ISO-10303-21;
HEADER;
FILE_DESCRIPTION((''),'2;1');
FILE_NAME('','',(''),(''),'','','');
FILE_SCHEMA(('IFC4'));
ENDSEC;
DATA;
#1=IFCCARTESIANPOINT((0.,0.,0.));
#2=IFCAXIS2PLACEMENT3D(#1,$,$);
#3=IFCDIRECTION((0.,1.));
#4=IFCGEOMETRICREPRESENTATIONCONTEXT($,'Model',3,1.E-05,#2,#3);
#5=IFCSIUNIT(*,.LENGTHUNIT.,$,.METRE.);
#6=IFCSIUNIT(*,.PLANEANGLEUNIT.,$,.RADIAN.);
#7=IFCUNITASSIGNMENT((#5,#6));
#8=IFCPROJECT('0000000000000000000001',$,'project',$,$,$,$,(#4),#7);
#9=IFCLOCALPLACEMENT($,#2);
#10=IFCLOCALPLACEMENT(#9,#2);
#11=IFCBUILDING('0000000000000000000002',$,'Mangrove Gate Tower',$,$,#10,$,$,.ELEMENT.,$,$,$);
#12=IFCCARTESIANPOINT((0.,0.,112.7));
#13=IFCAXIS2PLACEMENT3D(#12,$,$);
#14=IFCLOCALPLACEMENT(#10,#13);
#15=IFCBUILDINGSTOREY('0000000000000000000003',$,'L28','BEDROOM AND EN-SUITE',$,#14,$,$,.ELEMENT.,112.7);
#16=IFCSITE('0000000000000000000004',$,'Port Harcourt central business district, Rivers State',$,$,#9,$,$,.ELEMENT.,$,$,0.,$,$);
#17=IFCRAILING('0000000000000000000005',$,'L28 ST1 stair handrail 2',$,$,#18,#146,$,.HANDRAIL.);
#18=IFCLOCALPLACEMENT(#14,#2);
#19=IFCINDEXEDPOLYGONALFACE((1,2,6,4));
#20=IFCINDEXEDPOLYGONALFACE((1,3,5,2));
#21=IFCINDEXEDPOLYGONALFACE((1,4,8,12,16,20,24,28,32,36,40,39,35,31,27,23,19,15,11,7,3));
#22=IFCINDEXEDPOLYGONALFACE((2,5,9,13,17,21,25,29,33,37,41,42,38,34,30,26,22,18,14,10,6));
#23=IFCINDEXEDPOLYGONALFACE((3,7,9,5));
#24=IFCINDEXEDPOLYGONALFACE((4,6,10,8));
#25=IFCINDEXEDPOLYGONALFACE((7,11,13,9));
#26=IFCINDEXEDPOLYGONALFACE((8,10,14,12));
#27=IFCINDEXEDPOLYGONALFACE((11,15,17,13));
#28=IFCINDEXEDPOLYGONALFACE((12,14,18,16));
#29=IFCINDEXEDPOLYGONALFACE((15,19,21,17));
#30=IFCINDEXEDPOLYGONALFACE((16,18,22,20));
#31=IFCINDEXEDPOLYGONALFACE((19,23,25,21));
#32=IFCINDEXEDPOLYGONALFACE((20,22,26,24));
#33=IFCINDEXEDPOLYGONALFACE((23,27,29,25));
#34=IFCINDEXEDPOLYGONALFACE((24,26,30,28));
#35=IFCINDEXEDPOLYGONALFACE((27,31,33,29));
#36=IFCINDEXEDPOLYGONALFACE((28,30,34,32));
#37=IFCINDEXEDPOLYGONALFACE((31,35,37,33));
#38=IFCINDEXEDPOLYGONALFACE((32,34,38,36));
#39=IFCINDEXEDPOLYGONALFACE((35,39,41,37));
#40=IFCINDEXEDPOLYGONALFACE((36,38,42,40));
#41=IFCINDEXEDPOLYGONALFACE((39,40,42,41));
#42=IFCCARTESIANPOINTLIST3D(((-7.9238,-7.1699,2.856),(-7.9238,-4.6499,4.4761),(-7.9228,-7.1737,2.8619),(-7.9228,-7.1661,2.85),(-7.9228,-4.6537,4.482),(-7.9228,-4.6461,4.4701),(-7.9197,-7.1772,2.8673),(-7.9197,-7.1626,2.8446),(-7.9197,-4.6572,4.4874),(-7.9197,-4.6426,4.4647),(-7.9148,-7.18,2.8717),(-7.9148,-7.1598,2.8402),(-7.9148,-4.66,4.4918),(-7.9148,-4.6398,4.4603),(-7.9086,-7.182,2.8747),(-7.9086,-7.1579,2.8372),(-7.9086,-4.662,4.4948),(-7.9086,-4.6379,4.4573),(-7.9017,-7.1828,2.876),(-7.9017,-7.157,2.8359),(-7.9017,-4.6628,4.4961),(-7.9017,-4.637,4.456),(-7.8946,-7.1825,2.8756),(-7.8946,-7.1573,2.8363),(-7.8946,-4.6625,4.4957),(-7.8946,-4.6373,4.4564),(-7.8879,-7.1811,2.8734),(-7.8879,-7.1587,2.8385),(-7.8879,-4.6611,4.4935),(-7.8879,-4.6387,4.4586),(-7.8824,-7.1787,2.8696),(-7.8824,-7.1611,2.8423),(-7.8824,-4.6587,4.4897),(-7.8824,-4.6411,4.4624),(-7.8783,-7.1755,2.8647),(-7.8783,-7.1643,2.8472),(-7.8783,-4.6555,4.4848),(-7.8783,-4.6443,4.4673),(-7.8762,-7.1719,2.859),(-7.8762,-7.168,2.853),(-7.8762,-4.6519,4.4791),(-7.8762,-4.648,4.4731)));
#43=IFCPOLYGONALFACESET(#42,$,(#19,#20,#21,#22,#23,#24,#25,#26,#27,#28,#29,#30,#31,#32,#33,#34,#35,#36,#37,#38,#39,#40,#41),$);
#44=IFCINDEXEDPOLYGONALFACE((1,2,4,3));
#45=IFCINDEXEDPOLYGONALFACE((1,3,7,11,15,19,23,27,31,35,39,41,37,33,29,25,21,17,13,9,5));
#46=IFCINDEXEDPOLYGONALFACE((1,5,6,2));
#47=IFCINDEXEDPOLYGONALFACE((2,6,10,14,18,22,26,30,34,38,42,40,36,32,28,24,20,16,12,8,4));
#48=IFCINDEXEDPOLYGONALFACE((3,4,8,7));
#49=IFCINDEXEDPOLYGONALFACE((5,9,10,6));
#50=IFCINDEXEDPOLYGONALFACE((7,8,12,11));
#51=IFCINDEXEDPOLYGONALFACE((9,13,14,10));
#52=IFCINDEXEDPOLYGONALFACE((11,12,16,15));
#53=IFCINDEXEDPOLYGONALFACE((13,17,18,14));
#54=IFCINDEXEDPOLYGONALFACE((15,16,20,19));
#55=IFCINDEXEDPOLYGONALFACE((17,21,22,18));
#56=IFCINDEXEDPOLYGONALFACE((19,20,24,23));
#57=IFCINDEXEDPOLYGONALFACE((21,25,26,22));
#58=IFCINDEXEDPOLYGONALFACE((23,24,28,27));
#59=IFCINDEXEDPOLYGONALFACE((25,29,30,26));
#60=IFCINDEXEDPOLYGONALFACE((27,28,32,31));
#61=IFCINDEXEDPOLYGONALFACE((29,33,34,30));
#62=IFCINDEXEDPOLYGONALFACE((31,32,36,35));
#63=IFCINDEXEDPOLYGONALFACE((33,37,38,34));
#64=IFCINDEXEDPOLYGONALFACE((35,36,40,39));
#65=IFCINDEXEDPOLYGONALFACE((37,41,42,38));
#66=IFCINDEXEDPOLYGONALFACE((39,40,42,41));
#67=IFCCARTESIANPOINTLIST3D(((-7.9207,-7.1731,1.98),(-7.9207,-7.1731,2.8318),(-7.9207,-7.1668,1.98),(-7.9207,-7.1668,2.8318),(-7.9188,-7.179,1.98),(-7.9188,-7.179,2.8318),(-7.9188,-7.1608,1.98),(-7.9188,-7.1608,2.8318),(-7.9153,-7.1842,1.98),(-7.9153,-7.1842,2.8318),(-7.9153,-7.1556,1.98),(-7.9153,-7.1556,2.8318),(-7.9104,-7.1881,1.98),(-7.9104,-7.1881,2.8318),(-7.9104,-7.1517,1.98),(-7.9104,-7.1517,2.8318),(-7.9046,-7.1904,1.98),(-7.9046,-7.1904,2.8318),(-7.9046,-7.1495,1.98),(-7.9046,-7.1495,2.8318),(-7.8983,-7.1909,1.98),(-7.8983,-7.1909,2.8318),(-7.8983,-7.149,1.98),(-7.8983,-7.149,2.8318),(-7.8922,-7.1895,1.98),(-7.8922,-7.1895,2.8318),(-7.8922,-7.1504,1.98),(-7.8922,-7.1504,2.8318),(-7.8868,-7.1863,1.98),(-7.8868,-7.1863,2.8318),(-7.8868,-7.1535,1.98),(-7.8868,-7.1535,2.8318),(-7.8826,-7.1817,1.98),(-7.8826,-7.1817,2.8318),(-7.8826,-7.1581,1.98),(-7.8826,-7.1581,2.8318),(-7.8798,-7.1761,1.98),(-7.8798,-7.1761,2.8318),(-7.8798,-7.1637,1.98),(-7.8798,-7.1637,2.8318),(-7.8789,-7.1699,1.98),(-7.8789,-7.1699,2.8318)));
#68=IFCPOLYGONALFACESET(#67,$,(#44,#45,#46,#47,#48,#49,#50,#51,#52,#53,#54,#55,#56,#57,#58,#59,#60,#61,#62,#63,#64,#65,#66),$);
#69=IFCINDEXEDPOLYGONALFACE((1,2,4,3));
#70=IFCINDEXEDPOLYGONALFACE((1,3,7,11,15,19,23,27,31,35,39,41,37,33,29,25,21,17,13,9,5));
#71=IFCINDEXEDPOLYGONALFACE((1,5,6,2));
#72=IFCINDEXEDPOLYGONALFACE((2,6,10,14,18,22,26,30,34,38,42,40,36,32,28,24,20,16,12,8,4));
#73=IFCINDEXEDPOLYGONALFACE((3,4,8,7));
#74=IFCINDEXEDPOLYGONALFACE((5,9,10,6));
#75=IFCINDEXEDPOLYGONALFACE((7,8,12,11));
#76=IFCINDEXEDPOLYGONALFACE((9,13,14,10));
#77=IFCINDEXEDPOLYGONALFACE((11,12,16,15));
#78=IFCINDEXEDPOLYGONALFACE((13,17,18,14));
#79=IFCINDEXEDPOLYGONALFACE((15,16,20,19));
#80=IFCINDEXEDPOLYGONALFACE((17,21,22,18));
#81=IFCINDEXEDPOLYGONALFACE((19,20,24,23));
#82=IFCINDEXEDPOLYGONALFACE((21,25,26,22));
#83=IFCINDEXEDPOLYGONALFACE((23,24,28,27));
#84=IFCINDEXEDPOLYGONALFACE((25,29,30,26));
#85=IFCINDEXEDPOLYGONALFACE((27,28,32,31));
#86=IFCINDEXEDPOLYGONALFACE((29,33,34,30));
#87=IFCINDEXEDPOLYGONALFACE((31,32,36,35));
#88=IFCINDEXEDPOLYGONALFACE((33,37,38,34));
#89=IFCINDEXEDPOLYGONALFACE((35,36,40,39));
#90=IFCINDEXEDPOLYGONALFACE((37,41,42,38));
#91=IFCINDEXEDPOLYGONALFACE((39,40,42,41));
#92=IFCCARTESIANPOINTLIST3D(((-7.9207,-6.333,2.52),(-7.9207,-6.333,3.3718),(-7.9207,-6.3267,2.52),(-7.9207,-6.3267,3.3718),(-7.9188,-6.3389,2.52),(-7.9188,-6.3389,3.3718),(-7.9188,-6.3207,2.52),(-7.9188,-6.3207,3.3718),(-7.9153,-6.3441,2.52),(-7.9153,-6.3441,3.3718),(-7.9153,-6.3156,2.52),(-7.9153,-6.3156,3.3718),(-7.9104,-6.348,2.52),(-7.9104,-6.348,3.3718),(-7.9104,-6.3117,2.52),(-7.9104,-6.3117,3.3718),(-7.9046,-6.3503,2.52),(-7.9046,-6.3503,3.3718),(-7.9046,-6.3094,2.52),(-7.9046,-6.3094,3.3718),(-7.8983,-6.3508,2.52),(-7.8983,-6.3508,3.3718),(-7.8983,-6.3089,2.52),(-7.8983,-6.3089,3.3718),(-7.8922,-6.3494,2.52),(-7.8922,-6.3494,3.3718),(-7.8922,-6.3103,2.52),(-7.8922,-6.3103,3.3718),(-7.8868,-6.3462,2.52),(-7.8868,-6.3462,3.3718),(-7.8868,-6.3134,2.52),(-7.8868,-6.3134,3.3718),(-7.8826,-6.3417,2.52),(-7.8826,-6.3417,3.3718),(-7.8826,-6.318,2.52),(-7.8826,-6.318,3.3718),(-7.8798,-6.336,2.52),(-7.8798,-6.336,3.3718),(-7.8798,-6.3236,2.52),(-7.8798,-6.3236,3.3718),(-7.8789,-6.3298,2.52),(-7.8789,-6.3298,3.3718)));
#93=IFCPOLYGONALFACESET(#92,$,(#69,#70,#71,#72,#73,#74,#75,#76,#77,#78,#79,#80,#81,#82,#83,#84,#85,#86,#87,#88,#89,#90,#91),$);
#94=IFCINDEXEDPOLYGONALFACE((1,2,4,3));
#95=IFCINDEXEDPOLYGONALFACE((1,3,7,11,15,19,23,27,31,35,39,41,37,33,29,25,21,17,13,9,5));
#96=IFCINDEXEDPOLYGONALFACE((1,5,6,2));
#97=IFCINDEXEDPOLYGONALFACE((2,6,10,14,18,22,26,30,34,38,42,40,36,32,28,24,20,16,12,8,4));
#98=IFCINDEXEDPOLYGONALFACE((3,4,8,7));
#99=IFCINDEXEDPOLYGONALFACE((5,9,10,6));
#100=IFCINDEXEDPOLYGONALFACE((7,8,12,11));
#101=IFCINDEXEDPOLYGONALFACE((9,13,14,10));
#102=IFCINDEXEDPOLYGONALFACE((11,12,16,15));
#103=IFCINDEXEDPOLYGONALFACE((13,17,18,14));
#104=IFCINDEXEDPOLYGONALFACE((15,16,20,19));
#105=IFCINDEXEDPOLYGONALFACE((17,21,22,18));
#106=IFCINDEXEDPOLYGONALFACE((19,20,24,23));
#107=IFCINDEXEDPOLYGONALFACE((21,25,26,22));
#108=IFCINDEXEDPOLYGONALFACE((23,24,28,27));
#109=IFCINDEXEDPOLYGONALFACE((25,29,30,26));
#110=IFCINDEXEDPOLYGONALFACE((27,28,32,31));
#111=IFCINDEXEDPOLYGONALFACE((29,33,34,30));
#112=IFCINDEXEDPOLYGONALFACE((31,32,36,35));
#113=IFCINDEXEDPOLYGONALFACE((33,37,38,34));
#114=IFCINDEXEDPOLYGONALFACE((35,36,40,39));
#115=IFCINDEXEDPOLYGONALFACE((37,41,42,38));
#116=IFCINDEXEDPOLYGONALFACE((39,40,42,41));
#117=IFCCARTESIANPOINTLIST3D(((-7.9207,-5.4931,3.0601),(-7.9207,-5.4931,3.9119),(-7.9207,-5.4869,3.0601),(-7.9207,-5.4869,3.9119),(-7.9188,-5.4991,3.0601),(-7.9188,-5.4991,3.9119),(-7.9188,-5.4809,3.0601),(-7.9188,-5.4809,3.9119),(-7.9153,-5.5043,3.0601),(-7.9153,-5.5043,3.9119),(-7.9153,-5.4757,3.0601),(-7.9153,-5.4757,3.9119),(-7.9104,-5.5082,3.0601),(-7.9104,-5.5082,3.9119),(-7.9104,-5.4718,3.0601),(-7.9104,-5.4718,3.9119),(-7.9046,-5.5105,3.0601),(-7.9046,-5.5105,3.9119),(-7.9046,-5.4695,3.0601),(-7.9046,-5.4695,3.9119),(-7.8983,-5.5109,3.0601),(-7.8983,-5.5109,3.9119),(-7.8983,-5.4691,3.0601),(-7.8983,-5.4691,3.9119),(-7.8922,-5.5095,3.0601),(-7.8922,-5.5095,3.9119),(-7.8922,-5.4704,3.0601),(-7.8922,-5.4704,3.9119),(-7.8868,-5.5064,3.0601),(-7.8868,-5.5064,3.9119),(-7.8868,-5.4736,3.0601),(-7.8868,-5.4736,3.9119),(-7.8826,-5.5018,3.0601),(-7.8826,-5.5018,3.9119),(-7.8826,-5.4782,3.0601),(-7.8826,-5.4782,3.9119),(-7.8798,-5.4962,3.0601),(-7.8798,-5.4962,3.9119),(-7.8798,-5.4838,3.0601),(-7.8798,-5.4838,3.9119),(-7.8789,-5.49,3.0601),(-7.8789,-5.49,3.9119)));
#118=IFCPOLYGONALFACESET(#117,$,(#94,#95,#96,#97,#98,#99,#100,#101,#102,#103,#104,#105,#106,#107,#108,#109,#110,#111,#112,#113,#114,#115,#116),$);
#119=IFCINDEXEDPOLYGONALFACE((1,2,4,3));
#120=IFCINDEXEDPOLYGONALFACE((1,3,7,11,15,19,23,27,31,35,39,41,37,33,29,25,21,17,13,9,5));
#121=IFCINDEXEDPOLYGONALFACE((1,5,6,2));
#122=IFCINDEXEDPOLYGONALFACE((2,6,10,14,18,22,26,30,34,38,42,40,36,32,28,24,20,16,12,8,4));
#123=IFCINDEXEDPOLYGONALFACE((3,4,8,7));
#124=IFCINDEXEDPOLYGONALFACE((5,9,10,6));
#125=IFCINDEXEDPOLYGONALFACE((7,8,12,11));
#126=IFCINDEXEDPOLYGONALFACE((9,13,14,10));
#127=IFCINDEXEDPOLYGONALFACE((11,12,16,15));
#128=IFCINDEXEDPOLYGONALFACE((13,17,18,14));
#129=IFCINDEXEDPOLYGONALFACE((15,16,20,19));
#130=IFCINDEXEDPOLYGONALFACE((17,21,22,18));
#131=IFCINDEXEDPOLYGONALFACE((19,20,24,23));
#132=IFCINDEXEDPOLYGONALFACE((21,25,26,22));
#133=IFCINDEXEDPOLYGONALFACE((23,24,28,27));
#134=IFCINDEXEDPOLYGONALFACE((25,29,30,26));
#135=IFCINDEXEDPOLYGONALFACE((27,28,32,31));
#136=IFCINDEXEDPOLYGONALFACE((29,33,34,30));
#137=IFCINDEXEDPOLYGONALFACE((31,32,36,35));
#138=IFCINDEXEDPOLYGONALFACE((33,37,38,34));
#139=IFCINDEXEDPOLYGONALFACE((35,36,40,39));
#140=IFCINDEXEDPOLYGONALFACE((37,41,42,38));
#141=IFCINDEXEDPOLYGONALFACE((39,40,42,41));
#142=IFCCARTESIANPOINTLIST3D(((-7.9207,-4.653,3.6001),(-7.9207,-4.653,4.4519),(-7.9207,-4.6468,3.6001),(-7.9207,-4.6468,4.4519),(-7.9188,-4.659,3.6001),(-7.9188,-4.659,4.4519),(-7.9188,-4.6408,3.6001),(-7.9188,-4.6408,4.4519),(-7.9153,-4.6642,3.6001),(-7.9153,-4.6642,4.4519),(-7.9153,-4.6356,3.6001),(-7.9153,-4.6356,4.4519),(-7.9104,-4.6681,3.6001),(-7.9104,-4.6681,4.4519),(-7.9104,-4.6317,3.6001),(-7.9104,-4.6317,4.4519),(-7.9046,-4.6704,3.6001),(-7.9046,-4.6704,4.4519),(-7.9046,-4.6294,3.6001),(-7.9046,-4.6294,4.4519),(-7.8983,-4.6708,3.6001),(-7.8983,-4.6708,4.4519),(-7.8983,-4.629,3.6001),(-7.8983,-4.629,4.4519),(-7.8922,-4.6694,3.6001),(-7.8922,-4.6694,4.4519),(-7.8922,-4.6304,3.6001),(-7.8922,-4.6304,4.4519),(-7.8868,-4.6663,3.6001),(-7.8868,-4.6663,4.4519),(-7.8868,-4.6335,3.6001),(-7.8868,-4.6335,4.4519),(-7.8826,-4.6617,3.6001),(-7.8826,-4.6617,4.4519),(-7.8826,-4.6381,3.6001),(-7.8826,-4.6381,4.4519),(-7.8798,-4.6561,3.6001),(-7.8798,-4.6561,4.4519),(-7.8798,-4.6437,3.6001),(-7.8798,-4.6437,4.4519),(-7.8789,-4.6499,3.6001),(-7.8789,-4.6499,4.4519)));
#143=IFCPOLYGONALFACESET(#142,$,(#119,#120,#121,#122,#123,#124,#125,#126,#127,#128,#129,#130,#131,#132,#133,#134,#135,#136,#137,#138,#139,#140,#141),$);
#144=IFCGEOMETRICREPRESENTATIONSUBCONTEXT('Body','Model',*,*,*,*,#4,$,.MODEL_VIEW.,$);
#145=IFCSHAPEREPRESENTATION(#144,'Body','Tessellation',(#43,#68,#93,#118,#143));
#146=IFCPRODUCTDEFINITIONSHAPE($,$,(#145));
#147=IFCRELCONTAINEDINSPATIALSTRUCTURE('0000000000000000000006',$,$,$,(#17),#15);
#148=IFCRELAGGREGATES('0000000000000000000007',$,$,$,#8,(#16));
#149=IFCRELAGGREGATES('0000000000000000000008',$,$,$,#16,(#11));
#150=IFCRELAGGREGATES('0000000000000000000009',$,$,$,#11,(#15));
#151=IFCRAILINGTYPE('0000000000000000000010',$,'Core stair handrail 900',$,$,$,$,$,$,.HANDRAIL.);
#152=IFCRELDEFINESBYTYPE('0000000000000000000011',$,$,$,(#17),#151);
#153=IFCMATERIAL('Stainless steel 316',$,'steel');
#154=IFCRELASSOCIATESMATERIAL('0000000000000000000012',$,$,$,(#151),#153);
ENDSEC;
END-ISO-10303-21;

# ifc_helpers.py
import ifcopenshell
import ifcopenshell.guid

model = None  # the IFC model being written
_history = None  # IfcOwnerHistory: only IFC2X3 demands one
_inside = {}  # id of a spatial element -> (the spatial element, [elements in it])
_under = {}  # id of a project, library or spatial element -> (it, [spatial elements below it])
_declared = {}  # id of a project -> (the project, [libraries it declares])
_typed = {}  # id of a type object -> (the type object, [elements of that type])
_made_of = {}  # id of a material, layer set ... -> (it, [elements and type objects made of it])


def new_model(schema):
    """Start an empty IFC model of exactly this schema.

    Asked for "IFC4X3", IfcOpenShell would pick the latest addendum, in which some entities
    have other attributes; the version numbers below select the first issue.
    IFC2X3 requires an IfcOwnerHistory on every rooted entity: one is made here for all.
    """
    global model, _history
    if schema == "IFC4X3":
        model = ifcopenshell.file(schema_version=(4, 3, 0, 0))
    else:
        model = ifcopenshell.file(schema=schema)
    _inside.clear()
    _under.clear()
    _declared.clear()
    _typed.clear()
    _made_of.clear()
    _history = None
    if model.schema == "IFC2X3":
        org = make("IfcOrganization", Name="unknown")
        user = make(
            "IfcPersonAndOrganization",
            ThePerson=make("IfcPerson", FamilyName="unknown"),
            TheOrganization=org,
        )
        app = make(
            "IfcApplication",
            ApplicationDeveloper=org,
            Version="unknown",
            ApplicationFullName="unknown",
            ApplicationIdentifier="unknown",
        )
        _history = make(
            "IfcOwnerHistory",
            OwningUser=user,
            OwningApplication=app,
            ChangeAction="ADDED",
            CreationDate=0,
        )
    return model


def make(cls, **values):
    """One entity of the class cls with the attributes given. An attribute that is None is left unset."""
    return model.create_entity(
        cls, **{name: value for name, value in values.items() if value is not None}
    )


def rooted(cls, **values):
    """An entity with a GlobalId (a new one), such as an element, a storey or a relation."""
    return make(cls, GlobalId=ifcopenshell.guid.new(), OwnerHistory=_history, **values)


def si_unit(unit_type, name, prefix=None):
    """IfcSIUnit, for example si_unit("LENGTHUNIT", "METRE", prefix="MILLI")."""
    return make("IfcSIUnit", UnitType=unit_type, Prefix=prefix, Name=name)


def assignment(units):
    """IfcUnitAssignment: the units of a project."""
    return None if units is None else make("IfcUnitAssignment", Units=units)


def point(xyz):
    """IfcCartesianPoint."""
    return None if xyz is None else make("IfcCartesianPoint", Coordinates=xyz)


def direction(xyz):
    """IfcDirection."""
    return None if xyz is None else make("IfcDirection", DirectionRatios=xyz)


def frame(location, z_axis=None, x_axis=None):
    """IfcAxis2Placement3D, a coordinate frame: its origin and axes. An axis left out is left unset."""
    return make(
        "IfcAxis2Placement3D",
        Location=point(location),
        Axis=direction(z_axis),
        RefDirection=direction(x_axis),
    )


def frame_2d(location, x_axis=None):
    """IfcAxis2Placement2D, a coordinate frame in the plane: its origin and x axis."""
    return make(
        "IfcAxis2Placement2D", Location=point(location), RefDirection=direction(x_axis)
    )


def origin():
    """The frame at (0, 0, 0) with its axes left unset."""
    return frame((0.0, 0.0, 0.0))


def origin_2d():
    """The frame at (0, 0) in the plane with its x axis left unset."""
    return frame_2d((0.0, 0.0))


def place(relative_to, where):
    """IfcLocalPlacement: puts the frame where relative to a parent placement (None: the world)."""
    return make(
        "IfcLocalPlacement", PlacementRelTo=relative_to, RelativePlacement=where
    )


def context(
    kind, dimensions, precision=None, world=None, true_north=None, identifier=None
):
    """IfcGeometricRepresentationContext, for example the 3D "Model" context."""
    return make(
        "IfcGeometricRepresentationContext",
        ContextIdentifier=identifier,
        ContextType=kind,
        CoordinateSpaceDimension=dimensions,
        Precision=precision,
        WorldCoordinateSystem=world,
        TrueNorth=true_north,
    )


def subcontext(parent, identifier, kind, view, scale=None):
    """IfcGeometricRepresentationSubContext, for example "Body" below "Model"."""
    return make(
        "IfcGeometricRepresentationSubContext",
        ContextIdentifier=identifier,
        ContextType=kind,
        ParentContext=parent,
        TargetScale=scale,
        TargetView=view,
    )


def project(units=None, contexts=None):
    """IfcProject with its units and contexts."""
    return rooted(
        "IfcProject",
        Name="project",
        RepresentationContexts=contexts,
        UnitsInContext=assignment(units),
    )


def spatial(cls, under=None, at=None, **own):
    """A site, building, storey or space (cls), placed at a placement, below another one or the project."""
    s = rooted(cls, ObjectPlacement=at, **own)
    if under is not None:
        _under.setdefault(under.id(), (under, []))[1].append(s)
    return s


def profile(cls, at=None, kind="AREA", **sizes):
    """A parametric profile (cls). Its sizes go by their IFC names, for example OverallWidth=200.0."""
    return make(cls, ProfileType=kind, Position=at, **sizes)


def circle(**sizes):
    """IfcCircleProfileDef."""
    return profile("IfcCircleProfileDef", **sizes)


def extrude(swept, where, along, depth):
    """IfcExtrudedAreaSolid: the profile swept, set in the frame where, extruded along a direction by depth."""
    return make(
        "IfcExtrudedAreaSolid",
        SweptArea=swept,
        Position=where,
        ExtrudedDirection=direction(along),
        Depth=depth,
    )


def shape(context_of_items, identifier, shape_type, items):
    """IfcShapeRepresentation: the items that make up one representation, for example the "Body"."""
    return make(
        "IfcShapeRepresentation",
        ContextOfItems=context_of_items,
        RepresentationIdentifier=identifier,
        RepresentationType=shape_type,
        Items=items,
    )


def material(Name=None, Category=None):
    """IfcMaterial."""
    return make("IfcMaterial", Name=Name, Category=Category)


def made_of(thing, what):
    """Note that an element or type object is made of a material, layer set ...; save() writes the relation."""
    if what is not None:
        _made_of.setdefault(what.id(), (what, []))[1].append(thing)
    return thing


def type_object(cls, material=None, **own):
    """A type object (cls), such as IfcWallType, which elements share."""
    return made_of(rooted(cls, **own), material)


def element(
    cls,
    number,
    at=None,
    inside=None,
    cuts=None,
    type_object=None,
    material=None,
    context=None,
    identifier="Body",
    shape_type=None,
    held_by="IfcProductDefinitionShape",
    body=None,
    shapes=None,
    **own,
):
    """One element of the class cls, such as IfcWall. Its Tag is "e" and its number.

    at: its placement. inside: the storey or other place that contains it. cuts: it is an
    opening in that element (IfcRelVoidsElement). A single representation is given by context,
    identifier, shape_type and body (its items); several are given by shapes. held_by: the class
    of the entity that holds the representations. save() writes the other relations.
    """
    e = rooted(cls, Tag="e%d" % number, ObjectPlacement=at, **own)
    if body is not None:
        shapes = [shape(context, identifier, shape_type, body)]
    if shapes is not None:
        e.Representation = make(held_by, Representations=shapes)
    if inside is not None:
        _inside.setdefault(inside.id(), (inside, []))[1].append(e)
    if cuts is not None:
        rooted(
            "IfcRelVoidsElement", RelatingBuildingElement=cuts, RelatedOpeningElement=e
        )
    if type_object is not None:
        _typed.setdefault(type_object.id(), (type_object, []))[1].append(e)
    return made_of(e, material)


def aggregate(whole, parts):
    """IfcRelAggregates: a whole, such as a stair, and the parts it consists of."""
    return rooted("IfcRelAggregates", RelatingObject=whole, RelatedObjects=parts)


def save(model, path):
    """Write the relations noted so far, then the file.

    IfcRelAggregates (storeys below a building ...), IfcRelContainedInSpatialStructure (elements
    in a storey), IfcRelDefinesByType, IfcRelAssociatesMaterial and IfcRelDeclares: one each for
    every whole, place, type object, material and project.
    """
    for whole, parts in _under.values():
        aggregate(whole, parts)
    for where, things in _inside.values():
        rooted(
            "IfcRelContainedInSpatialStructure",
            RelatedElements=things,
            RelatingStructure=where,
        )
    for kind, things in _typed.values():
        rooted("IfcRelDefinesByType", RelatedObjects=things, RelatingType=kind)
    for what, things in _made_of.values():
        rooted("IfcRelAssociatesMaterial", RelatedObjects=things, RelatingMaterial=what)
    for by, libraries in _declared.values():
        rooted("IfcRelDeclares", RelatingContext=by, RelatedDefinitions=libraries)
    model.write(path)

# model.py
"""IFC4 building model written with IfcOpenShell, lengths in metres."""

from ifc_helpers import new_model, si_unit, direction, frame, origin, origin_2d, place, context, subcontext, project, spatial, circle, extrude, material, type_object, element, save


model = new_model("IFC4")

# Units and contexts
model_context = context("Model", 3, precision=1e-05, world=origin(), true_north=direction((0.0, 1.0)))
body_context = subcontext(model_context, "Body", "Model", "MODEL_VIEW")
ifc_project = project(units=[si_unit("LENGTHUNIT", "METRE"), si_unit("PLANEANGLEUNIT", "RADIAN")], contexts=[model_context])

# Site, building, storey
site_placement = place(None, origin())
site = spatial("IfcSite", under=ifc_project, at=site_placement, Name="Port Harcourt central business district, Rivers State", CompositionType="ELEMENT", RefElevation=0.0)
building_placement = place(site_placement, origin())
building = spatial("IfcBuilding", under=site, at=building_placement, Name="Mangrove Gate Tower", CompositionType="ELEMENT")
storey_placement = place(building_placement, frame((0.0, 0.0, 112.7)))
storey = spatial("IfcBuildingStorey", under=building, at=storey_placement, Name="L28", Description="BEDROOM AND EN-SUITE", CompositionType="ELEMENT", Elevation=112.7)

# Railing
ifc_material_1 = material(Name="Stainless steel 316", Category="steel")
railing_type_1 = type_object("IfcRailingType", Name="Core stair handrail 900", PredefinedType="HANDRAIL", material=ifc_material_1)
railing_1_placement = place(storey_placement, frame((-7.8999, -7.1699, 1.98)))
element("IfcRailing", 1, at=railing_1_placement, inside=storey, type_object=railing_type_1, Name="L28 ST1 stair handrail 2", PredefinedType="HANDRAIL", context=body_context, shape_type="SweptSolid", body=[
    extrude(circle(Radius=0.0239, at=origin_2d()), frame((0.0, 0.0, 0.876), z_axis=(0.0, 0.841163, 0.540782), x_axis=(-1.0, 0.0, 0.0)), (0.0, 0.0, 1.0), 2.9958),
    extrude(circle(Radius=0.021, at=origin_2d()), origin(), (0.0, 0.0, 1.0), 0.8518),
    extrude(circle(Radius=0.021, at=origin_2d()), frame((0.0, 0.8401, 0.54)), (0.0, 0.0, 1.0), 0.8518),
    extrude(circle(Radius=0.021, at=origin_2d()), frame((0.0, 1.6799, 1.0801)), (0.0, 0.0, 1.0), 0.8518),
    extrude(circle(Radius=0.021, at=origin_2d()), frame((0.0, 2.52, 1.6201)), (0.0, 0.0, 1.0), 0.8518),
])

save(model, "model.ifc")
